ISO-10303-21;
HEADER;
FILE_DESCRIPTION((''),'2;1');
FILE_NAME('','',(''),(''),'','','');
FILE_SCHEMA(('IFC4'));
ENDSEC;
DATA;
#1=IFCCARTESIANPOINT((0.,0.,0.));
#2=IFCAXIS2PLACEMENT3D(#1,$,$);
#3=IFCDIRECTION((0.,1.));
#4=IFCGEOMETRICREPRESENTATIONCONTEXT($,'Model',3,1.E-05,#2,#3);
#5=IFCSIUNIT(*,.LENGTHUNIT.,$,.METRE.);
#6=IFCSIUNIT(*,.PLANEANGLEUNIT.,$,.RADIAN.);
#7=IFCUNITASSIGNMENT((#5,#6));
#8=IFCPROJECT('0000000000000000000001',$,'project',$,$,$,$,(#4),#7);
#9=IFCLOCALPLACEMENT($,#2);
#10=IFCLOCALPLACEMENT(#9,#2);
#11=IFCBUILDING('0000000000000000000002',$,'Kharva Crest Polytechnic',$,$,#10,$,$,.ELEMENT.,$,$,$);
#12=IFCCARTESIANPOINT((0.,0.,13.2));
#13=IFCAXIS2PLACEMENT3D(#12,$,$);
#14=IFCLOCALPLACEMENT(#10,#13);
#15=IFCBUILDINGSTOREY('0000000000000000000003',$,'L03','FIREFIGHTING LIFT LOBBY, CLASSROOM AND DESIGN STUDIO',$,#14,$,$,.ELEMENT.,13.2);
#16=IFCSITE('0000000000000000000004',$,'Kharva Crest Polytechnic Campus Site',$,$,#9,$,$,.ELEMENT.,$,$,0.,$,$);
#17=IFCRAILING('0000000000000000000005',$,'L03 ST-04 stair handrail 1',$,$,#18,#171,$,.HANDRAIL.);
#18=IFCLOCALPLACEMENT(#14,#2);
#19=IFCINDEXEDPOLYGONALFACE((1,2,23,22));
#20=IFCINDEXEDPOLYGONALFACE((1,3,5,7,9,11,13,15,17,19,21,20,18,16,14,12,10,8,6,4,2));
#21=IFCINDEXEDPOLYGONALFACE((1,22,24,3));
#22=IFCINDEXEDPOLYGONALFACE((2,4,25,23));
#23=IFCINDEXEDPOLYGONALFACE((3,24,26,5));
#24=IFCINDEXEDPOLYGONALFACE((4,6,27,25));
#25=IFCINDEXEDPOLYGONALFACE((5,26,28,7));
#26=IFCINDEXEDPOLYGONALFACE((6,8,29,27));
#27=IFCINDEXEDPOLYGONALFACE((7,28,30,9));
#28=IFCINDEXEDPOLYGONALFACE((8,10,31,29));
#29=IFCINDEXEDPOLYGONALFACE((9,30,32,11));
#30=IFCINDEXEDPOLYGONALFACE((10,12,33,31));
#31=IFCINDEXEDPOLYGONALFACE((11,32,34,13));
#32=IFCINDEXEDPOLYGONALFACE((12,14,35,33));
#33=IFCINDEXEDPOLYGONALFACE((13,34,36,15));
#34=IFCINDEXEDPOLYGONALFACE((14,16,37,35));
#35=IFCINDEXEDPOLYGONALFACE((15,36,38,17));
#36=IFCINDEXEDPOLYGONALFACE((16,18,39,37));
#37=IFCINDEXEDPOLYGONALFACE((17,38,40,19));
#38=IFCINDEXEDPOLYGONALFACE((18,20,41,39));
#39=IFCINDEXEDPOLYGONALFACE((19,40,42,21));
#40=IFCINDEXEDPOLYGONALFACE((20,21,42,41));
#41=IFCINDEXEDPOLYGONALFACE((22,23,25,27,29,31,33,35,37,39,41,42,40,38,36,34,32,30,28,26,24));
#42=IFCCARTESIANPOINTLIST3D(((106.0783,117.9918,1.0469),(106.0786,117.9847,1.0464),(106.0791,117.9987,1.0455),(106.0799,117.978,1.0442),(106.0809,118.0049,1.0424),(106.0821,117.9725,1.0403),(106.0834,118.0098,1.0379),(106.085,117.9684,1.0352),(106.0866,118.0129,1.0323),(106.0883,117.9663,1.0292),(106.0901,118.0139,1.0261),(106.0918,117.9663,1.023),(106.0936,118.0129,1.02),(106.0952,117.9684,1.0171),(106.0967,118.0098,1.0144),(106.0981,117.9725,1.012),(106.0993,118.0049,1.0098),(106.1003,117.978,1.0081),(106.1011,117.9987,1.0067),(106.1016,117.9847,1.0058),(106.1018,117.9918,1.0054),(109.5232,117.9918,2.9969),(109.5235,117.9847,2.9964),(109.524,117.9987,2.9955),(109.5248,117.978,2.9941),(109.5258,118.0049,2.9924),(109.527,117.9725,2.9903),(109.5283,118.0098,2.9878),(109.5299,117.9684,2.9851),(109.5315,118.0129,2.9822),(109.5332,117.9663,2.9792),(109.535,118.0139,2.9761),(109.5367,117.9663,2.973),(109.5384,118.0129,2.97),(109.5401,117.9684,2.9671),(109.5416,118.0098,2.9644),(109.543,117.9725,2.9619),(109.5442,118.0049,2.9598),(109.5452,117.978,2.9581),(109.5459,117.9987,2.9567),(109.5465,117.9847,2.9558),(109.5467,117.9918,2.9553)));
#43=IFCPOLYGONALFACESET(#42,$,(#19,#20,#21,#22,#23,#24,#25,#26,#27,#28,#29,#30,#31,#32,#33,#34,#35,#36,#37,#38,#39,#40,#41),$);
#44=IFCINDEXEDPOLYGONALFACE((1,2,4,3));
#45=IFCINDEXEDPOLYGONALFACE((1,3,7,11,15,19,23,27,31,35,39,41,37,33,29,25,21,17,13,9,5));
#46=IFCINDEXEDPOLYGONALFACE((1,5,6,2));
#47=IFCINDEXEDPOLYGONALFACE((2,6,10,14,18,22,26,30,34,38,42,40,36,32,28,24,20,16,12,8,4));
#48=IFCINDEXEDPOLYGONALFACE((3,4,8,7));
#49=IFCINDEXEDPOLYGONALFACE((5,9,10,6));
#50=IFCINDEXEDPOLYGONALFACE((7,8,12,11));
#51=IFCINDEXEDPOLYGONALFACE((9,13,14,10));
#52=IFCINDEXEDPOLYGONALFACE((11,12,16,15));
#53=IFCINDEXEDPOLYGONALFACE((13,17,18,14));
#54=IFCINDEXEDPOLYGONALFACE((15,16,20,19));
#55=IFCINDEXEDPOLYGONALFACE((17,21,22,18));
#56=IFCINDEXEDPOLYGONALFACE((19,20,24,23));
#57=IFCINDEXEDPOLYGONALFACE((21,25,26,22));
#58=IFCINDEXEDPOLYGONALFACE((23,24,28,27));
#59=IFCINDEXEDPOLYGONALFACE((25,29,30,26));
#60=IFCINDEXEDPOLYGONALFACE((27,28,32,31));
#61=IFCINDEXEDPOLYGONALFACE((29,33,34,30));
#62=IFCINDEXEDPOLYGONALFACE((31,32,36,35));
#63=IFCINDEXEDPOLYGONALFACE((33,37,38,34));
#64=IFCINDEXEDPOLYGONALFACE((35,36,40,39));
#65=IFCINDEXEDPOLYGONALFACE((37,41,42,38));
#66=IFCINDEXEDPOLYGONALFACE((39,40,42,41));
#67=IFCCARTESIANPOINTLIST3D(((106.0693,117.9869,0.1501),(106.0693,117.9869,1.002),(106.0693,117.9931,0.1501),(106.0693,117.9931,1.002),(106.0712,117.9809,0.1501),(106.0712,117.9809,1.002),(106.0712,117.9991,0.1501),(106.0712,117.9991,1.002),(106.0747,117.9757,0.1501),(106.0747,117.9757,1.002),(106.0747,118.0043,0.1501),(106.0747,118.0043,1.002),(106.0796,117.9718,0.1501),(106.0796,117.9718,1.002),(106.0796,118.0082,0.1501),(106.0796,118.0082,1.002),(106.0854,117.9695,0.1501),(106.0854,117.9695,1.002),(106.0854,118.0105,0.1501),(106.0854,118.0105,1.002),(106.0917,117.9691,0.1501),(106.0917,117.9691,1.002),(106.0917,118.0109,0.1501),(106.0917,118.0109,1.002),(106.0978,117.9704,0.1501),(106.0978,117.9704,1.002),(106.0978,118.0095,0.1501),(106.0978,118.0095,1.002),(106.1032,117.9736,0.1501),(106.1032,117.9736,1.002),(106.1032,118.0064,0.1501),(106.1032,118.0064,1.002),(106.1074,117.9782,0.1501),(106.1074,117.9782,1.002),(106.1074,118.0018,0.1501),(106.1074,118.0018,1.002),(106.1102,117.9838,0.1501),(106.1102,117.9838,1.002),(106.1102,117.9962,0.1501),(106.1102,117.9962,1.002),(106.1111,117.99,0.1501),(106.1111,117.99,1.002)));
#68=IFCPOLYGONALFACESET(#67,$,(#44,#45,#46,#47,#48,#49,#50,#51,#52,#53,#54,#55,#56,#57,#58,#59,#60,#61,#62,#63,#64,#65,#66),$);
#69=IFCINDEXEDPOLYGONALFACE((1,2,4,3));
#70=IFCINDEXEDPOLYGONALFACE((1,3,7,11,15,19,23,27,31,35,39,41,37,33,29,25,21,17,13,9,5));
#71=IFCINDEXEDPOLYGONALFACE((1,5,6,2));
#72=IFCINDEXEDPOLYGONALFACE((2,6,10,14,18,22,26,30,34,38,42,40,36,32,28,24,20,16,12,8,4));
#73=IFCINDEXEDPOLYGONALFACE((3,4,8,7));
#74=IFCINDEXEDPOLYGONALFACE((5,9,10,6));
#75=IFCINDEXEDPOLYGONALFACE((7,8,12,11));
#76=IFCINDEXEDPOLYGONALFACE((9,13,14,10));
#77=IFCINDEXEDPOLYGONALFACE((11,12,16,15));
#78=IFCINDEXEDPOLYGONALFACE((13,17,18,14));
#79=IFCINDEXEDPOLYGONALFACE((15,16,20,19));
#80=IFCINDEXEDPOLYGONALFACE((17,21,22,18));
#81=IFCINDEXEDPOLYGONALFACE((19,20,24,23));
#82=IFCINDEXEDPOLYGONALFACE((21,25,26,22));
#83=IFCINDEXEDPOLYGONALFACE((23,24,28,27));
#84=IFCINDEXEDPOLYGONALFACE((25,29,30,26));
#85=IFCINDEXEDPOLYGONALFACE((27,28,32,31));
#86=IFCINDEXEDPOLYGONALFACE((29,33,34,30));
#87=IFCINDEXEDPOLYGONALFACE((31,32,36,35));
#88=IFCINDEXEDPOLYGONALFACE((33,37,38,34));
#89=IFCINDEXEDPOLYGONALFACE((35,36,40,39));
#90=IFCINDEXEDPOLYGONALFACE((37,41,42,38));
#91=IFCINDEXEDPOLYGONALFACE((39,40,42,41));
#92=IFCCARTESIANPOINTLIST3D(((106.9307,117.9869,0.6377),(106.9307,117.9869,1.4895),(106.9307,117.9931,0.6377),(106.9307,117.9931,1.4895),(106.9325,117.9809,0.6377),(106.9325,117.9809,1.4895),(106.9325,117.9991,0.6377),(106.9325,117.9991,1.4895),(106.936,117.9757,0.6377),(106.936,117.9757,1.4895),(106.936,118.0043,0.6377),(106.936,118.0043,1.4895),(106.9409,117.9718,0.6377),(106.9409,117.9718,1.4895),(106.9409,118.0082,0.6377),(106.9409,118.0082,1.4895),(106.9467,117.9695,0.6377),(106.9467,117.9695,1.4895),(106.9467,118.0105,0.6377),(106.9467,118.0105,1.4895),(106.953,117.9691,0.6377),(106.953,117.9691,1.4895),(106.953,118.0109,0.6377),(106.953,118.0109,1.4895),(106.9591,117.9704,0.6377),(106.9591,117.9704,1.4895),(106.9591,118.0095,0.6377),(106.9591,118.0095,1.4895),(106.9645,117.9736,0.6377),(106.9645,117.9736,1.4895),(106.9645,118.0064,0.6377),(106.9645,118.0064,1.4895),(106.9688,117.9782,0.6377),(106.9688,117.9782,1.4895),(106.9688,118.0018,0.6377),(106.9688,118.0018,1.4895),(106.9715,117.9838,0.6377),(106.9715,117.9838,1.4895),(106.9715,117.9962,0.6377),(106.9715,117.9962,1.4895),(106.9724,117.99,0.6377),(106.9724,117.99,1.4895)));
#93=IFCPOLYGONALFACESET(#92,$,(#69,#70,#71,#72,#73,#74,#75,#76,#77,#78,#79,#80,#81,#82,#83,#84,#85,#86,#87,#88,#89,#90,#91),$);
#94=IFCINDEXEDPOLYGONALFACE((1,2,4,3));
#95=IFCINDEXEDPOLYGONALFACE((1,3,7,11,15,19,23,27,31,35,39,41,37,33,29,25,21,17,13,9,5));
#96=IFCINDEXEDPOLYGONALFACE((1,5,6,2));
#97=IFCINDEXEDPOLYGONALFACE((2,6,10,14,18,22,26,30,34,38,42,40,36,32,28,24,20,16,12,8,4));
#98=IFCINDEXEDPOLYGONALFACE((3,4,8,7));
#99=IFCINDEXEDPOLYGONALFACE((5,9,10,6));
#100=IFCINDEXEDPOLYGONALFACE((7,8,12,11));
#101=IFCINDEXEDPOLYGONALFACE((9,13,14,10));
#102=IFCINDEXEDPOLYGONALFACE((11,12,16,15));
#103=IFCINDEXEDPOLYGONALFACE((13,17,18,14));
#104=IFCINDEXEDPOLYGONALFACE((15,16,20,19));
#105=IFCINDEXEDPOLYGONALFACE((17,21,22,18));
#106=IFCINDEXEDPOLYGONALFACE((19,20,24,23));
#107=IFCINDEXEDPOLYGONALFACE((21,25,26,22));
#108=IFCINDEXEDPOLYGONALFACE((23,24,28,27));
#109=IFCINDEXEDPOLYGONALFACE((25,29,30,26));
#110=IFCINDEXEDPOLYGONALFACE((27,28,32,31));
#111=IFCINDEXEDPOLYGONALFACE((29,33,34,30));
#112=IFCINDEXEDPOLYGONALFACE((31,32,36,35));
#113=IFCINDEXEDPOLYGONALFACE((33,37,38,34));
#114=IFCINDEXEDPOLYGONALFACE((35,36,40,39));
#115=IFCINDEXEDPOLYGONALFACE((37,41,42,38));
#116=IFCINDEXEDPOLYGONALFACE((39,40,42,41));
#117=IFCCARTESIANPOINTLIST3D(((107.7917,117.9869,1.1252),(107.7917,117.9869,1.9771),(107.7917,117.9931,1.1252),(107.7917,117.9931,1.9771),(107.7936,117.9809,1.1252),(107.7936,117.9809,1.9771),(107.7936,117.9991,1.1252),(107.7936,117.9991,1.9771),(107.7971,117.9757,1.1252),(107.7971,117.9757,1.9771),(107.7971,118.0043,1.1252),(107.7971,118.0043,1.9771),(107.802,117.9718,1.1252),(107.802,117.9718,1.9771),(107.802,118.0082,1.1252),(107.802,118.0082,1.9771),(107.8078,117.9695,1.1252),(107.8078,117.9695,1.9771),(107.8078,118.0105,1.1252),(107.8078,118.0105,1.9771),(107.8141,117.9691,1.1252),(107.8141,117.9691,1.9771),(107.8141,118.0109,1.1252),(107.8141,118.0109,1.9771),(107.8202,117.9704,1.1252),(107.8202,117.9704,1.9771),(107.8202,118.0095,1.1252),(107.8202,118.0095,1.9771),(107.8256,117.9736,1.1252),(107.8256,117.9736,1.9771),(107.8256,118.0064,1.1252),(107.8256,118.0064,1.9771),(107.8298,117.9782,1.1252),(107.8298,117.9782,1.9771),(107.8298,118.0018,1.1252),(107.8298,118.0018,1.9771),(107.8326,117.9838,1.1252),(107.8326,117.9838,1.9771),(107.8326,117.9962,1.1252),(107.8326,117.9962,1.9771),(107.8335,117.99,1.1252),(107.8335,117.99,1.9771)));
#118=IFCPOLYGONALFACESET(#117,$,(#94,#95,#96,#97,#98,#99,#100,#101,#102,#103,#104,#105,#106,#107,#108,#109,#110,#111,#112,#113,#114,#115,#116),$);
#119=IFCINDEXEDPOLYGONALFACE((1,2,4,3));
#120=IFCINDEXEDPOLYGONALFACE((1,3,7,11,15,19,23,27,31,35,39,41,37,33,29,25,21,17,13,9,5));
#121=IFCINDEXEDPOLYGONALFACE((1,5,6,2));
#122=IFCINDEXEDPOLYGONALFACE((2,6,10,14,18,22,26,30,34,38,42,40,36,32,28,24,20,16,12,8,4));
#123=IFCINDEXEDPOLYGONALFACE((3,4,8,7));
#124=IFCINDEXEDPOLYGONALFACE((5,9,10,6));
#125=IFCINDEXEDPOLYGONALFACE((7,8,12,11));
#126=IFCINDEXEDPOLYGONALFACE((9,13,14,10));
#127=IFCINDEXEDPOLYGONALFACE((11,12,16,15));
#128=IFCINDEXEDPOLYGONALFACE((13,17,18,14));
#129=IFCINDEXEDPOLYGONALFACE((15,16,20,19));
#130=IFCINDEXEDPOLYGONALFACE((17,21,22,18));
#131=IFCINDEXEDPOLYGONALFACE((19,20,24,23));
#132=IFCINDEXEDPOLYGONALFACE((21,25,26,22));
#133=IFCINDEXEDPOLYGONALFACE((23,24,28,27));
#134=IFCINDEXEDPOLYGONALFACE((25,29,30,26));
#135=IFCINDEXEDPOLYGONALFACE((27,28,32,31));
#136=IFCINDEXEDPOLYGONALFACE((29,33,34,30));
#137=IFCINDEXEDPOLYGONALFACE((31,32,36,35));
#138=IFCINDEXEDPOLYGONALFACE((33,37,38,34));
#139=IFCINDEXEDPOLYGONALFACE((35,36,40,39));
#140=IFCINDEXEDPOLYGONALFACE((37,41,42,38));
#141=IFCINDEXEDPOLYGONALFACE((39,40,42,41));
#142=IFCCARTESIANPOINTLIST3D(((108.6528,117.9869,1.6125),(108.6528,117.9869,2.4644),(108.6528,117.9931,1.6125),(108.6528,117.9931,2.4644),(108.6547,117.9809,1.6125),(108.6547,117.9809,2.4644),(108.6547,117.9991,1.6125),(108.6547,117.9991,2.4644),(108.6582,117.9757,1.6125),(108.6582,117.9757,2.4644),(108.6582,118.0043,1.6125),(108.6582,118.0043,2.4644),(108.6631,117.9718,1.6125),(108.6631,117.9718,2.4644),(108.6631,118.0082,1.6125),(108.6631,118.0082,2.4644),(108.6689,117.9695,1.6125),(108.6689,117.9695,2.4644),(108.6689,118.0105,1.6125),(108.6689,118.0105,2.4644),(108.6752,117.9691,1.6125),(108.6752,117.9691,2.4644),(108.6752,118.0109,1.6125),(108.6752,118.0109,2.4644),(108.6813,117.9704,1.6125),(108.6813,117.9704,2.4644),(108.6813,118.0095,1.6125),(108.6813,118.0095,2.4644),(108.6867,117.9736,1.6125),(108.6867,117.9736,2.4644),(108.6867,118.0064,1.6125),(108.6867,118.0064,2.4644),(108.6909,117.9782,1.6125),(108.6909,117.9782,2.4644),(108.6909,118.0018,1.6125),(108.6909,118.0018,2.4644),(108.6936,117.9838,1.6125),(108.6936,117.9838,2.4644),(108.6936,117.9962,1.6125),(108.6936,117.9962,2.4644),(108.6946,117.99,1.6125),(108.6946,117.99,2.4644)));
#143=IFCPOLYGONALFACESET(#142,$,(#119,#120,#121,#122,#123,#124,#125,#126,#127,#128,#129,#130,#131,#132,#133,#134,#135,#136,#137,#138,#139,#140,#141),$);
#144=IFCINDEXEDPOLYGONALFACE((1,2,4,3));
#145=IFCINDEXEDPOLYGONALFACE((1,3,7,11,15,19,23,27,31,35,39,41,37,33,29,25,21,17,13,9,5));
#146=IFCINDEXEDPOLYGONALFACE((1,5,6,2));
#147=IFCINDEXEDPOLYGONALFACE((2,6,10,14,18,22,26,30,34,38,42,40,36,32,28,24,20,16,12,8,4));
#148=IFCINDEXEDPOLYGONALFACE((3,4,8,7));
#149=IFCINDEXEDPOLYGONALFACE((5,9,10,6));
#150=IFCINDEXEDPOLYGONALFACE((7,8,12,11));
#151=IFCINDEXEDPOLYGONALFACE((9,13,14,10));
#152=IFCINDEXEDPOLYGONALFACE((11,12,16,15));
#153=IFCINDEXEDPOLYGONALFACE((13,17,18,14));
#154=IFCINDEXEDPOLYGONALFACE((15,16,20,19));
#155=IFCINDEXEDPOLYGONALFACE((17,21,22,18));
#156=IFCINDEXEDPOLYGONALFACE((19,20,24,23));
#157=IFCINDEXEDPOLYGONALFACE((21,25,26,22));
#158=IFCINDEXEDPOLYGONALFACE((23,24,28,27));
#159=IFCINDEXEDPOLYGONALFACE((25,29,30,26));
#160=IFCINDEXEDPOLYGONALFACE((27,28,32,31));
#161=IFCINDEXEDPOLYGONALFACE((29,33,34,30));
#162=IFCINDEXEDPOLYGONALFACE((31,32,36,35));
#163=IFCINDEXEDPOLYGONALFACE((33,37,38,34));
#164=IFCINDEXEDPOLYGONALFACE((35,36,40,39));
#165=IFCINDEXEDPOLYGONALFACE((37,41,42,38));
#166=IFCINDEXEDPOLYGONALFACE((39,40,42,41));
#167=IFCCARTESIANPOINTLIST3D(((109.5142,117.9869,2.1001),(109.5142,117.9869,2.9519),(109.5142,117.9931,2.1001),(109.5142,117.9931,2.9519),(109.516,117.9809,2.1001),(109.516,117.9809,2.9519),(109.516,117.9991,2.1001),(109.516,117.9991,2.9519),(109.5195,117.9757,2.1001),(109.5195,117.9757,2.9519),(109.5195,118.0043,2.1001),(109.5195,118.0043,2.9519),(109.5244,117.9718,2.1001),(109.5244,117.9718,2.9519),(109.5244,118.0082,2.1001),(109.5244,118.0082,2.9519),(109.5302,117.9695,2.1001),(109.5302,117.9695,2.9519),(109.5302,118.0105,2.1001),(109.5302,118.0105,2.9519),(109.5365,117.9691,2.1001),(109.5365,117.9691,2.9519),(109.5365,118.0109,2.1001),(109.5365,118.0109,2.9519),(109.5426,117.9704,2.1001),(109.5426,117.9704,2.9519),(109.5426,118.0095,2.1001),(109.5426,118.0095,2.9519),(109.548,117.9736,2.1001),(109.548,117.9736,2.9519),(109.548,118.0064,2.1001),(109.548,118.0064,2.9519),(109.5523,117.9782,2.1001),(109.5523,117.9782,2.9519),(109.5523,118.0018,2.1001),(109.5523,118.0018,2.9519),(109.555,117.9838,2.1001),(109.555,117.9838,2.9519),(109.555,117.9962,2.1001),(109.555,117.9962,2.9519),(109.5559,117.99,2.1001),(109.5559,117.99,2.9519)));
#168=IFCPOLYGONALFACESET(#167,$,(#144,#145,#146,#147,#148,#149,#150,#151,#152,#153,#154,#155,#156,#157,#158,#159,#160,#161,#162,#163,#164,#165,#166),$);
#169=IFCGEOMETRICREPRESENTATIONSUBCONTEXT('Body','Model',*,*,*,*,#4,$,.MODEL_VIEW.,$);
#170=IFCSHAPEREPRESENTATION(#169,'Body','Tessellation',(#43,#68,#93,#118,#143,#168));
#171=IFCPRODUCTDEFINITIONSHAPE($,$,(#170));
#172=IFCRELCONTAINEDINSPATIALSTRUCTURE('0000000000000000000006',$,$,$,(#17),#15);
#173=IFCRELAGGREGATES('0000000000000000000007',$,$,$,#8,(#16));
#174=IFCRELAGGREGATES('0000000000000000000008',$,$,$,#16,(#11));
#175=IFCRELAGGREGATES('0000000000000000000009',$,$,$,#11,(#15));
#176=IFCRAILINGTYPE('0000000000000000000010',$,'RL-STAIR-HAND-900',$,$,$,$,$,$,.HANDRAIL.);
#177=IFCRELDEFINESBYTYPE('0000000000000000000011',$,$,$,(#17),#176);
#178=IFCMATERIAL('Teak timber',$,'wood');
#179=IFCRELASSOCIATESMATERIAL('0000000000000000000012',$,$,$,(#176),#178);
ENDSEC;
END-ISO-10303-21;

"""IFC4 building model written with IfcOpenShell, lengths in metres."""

from ifc_helpers import new_model, si_unit, direction, frame, origin, origin_2d, place, context, subcontext, project, spatial, circle, extrude, material, type_object, element, save


model = new_model("IFC4")

# Units and contexts
model_context = context("Model", 3, precision=1e-05, world=origin(), true_north=direction((0.0, 1.0)))
body_context = subcontext(model_context, "Body", "Model", "MODEL_VIEW")
ifc_project = project(units=[si_unit("LENGTHUNIT", "METRE"), si_unit("PLANEANGLEUNIT", "RADIAN")], contexts=[model_context])

# Site, building, storey
site_placement = place(None, origin())
site = spatial("IfcSite", under=ifc_project, at=site_placement, Name="Kharva Crest Polytechnic Campus Site", CompositionType="ELEMENT", RefElevation=0.0)
building_placement = place(site_placement, origin())
building = spatial("IfcBuilding", under=site, at=building_placement, Name="Kharva Crest Polytechnic", CompositionType="ELEMENT")
storey_placement = place(building_placement, frame((0.0, 0.0, 13.2)))
storey = spatial("IfcBuildingStorey", under=building, at=storey_placement, Name="L03", Description="FIREFIGHTING LIFT LOBBY, CLASSROOM AND DESIGN STUDIO", CompositionType="ELEMENT", Elevation=13.2)

# Shared definitions
ifc_material_1 = material(Name="Teak timber", Category="wood")

# Railing
railing_type = type_object("IfcRailingType", Name="RL-STAIR-HAND-900", PredefinedType="HANDRAIL", material=ifc_material_1)
railing_placement = place(storey_placement, frame((106.0901, 117.99, 0.1501)))
element("IfcRailing", 1, at=railing_placement, inside=storey, type_object=railing_type, Name="L03 ST-04 stair handrail 1", PredefinedType="HANDRAIL", context=body_context, shape_type="SweptSolid", body=[
    extrude(circle(Radius=0.0239, at=origin_2d()), frame((0.0, 0.0, 0.876), z_axis=(0.870251, 0.0, 0.492608), x_axis=(0.0, 1.0, 0.0)), (0.0, 0.0, 1.0), 3.9585),
    extrude(circle(Radius=0.021, at=origin_2d()), origin(), (0.0, 0.0, 1.0), 0.8518),
    extrude(circle(Radius=0.021, at=origin_2d()), frame((0.8613, 0.0, 0.4875)), (0.0, 0.0, 1.0), 0.8518),
    extrude(circle(Radius=0.021, at=origin_2d()), frame((1.7224, 0.0, 0.9751)), (0.0, 0.0, 1.0), 0.8518),
    extrude(circle(Radius=0.021, at=origin_2d()), frame((2.5835, 0.0, 1.4624)), (0.0, 0.0, 1.0), 0.8518),
    extrude(circle(Radius=0.021, at=origin_2d()), frame((3.4448, 0.0, 1.95)), (0.0, 0.0, 1.0), 0.8518),
])

save(model, "model.ifc")
